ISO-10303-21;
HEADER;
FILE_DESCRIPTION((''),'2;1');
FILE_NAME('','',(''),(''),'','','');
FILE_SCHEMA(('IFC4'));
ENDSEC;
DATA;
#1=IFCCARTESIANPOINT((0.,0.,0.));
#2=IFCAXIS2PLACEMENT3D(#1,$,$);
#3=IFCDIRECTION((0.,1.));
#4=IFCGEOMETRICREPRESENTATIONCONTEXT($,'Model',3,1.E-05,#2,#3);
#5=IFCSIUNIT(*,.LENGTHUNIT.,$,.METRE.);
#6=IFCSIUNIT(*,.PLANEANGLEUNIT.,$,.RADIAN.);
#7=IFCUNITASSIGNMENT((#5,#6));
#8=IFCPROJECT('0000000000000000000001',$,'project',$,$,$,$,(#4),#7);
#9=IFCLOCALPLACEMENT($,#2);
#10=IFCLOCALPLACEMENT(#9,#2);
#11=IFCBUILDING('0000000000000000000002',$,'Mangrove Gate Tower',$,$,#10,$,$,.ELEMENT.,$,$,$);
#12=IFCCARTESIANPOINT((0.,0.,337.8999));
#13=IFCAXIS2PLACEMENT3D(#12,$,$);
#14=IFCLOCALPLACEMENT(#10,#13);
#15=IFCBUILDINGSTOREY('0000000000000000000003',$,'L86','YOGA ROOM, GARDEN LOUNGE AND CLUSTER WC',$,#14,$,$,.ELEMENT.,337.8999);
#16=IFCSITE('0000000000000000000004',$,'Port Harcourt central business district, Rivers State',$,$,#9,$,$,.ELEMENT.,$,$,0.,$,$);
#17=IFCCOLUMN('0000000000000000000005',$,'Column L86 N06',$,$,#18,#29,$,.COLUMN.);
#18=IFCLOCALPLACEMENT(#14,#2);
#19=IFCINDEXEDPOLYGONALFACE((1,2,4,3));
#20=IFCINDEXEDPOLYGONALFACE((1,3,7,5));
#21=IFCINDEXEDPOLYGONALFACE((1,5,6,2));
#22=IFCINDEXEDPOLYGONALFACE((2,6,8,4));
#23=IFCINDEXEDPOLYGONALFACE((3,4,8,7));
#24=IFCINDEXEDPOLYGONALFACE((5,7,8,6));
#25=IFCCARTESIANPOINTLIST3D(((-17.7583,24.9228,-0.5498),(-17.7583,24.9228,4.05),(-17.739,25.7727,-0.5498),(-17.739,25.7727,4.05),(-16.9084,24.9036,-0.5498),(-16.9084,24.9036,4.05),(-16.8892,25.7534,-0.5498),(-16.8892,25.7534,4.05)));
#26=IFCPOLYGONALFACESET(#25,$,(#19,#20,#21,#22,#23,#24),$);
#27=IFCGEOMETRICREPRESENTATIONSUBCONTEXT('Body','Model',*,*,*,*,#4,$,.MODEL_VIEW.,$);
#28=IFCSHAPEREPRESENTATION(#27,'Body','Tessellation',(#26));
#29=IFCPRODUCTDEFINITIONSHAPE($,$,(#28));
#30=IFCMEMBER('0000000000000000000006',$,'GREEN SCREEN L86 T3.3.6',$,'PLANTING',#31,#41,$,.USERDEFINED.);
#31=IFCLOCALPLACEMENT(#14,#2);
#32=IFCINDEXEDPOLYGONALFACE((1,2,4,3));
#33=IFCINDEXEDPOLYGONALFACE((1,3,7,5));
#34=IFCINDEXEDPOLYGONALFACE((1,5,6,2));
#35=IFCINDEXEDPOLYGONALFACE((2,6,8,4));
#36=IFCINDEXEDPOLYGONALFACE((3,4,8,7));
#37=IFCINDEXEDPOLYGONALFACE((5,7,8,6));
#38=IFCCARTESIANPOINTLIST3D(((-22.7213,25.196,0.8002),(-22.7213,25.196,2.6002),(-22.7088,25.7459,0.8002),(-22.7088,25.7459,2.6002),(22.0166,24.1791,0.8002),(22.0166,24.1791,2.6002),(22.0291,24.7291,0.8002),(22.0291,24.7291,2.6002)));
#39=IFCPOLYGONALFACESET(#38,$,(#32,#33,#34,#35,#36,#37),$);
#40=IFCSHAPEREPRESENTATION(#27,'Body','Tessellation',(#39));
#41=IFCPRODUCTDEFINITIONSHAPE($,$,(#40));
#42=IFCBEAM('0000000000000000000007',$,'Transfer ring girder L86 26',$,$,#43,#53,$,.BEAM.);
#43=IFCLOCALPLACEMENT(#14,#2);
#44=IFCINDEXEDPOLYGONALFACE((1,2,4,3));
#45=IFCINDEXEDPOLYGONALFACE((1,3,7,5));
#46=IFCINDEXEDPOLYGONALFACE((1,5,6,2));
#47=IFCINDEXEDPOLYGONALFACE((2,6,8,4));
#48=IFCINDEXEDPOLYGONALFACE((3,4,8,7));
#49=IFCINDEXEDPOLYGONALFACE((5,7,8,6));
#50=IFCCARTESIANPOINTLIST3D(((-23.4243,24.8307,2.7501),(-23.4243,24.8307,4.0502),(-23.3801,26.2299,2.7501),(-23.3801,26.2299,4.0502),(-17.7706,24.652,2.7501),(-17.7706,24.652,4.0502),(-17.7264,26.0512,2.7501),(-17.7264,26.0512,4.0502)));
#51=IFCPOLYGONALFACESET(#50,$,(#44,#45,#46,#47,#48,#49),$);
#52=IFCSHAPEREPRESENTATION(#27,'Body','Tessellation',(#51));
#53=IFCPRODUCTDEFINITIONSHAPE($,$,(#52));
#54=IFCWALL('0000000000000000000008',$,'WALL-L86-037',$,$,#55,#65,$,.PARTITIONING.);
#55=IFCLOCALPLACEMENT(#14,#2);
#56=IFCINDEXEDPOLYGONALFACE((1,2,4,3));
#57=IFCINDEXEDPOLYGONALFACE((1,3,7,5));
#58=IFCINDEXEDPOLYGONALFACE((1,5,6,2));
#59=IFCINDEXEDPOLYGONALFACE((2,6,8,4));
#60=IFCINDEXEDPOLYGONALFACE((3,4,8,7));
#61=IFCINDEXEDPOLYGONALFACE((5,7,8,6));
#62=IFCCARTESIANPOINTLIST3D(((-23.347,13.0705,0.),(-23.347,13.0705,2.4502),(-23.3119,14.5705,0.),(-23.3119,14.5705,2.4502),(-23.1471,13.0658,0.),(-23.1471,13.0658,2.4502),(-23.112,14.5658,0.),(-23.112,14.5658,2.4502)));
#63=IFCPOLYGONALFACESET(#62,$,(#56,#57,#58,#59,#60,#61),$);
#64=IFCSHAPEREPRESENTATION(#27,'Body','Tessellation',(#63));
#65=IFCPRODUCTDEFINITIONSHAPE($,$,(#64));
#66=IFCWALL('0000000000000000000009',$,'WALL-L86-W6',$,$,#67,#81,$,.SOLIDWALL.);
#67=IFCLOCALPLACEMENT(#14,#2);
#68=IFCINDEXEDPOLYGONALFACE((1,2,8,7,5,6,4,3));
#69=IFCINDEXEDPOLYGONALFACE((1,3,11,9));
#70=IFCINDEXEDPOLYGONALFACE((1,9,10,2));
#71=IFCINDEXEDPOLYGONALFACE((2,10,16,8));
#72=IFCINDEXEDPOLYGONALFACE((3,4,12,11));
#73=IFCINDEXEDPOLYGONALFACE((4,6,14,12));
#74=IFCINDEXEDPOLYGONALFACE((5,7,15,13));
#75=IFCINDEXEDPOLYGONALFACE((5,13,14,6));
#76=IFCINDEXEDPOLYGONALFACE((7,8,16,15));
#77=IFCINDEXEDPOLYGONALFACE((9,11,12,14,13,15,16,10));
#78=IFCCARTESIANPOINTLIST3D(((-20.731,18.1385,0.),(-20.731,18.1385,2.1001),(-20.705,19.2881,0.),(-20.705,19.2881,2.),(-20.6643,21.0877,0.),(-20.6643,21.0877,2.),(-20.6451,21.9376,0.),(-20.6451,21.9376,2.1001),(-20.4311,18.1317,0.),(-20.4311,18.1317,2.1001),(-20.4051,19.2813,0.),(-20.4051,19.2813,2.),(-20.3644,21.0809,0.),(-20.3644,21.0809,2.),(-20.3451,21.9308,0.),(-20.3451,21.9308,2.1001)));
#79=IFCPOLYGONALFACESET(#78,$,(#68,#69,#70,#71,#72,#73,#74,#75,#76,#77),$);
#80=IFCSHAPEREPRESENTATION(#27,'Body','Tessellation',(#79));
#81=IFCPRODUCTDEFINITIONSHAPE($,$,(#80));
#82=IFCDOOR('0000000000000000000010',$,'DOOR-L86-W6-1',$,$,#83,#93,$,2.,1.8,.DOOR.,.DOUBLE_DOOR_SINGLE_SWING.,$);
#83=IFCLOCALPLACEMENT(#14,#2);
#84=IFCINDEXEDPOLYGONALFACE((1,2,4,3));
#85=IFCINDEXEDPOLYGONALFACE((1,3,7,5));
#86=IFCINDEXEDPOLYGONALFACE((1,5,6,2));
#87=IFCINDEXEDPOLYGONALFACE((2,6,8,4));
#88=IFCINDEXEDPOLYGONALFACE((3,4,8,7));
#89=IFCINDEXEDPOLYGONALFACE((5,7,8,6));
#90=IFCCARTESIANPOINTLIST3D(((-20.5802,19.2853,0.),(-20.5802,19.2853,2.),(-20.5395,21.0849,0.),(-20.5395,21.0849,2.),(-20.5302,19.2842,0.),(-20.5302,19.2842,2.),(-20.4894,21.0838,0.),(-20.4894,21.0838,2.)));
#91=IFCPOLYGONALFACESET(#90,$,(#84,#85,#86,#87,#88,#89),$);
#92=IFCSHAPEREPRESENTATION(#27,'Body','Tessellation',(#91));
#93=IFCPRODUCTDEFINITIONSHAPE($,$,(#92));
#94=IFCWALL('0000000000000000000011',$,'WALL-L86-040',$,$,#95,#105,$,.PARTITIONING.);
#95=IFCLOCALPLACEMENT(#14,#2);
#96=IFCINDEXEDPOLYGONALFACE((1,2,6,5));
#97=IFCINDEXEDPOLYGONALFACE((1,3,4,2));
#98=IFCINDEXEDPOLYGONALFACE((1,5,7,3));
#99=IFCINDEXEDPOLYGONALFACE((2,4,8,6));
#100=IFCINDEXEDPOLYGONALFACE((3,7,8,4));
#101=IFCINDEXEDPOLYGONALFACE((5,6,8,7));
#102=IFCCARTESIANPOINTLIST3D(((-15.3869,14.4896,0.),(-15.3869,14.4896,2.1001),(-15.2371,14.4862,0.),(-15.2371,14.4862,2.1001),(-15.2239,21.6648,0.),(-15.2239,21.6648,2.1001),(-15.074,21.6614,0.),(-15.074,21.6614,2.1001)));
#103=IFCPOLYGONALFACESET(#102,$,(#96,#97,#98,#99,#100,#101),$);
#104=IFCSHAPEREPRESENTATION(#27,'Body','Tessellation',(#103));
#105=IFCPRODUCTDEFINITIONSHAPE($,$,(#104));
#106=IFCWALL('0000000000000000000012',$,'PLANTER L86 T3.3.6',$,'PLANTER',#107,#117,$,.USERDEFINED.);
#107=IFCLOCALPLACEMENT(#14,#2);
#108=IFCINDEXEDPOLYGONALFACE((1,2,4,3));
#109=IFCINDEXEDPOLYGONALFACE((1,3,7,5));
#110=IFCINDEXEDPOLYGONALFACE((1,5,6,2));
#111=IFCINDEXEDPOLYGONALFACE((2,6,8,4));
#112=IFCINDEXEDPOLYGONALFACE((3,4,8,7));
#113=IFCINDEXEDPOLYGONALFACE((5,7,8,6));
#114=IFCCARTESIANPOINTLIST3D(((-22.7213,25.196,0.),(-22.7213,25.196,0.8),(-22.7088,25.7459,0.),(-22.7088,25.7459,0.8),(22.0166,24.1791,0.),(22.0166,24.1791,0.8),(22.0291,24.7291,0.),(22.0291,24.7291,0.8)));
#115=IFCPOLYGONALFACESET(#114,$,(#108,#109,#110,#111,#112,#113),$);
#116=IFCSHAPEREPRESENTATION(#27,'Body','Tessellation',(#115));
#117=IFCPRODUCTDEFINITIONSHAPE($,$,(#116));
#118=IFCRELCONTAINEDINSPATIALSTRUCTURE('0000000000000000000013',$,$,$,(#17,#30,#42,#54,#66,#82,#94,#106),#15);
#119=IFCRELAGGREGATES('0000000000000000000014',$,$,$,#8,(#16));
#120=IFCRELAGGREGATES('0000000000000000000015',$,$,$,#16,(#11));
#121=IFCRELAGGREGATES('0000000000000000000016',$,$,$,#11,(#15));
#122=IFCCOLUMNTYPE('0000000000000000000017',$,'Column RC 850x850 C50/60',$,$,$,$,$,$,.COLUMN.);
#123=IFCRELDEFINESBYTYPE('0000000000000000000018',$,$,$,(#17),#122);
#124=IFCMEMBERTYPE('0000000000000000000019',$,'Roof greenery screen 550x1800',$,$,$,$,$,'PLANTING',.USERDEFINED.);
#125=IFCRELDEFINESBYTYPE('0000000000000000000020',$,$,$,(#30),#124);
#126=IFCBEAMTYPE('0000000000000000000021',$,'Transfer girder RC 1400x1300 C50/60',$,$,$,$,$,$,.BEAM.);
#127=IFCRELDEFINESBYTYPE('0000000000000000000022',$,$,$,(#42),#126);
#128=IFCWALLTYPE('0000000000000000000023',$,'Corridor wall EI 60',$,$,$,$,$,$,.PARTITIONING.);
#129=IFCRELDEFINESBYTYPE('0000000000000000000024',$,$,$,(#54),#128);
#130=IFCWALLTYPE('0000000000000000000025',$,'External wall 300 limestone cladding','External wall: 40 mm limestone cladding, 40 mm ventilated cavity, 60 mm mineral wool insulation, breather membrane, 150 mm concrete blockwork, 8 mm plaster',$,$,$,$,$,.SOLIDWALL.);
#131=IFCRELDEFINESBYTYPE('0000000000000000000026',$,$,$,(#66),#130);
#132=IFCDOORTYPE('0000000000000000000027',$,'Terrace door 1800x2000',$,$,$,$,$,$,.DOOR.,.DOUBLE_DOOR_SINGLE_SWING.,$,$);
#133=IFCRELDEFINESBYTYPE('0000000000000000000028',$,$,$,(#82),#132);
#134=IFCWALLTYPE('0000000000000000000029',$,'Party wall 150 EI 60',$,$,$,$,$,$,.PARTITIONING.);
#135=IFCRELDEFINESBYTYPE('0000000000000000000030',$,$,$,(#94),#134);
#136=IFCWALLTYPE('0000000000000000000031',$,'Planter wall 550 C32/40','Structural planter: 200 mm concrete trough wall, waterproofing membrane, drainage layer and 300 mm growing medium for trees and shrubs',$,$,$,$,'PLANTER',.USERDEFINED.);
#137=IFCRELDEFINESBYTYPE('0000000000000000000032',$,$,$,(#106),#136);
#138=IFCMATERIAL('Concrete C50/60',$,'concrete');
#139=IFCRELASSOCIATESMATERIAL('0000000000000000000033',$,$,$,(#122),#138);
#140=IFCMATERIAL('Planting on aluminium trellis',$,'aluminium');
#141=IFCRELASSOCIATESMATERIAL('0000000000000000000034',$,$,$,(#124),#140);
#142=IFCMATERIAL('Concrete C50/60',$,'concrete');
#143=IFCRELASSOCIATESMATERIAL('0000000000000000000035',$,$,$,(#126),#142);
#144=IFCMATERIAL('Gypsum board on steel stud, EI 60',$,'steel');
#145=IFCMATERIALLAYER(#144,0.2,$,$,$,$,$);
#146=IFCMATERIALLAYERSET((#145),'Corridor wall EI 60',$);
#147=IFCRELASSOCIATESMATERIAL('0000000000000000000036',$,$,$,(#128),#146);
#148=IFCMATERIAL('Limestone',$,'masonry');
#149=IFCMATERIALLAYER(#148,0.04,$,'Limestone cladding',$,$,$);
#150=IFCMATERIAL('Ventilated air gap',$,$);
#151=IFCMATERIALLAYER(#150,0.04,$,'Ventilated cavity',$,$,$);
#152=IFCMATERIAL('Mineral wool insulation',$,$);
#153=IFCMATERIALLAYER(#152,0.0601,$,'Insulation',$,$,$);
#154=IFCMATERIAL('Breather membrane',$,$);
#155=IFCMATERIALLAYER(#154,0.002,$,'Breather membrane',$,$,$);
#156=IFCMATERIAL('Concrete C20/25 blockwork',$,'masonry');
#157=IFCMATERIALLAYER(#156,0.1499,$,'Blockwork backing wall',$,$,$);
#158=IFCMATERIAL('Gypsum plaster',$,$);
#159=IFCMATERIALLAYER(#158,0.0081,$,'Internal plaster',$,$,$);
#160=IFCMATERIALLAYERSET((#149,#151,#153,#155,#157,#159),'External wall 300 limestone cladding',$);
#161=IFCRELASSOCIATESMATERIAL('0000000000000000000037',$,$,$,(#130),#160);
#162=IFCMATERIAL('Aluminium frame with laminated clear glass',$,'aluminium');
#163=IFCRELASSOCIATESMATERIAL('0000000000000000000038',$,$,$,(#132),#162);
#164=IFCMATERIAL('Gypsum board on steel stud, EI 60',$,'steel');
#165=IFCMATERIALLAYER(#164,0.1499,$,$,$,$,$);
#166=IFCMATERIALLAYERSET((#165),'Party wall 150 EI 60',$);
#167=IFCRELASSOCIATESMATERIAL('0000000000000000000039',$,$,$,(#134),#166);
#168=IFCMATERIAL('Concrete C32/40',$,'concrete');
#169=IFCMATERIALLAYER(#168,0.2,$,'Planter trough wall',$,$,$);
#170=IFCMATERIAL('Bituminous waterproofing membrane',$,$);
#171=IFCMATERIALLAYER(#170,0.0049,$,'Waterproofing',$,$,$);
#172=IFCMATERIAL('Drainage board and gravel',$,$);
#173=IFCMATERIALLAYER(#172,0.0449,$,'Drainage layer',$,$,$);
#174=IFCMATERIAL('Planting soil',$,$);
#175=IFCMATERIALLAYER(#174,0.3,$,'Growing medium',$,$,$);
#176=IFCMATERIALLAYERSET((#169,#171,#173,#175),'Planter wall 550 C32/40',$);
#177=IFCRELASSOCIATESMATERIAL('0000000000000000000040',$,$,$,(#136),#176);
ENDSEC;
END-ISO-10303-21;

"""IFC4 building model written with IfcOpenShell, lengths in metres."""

from ifc_helpers import new_model, si_unit, direction, frame, frame_2d, origin, origin_2d, place, context, subcontext, project, spatial, rectangle, extrude, material, layer, layer_set, material_profile, profile_set, type_object, element, fill, save


model = new_model("IFC4")

# Units and contexts
model_context = context("Model", 3, precision=1e-05, world=origin(), true_north=direction((0.0, 1.0)))
body_context = subcontext(model_context, "Body", "Model", "MODEL_VIEW")
ifc_project = project(units=[si_unit("LENGTHUNIT", "METRE"), si_unit("PLANEANGLEUNIT", "RADIAN")], contexts=[model_context])

# Site, building, storey
site_placement = place(None, origin())
site = spatial("IfcSite", under=ifc_project, at=site_placement, Name="Port Harcourt central business district, Rivers State", CompositionType="ELEMENT", RefElevation=0.0)
building_placement = place(site_placement, origin())
building = spatial("IfcBuilding", under=site, at=building_placement, Name="Mangrove Gate Tower", CompositionType="ELEMENT")
storey_placement = place(building_placement, frame((0.0, 0.0, 337.8999)))
storey = spatial("IfcBuildingStorey", under=building, at=storey_placement, Name="L86", Description="YOGA ROOM, GARDEN LOUNGE AND CLUSTER WC", CompositionType="ELEMENT", Elevation=337.8999)

# Column
ifc_material_1 = material(Name="Concrete C50/60", Category="concrete")
ifc_material_profile_1 = material_profile(ifc_material_1, rectangle(XDim=0.8501, YDim=0.8501, at=origin_2d()))
ifc_profile_set_1 = profile_set([ifc_material_profile_1], Name="Concrete C50/60")
column_type = type_object("IfcColumnType", Name="Column RC 850x850 C50/60", PredefinedType="COLUMN", material=ifc_profile_set_1)
column_placement = place(storey_placement, frame((-17.3237, 25.3381, -0.5498), z_axis=(0.0, 0.0, 1.0), x_axis=(-0.999743, 0.022671, 0.0)))
element("IfcColumn", 1, at=column_placement, inside=storey, type_object=column_type, Name="Column L86 N06", PredefinedType="COLUMN", context=body_context, shape_type="SweptSolid", body=[
    extrude(rectangle(XDim=0.8501, YDim=0.8501, at=origin_2d()), origin(), (0.0, 0.0, 1.0), 4.5999),
])

# Member
ifc_material_2 = material(Name="Planting on aluminium trellis", Category="aluminium")
ifc_material_profile_2 = material_profile(ifc_material_2, rectangle(XDim=0.55, YDim=1.8, at=origin_2d()))
ifc_profile_set_2 = profile_set([ifc_material_profile_2], Name="Planting on aluminium trellis")
member_type = type_object("IfcMemberType", Name="Roof greenery screen 550x1800", ElementType="PLANTING", PredefinedType="USERDEFINED", material=ifc_profile_set_2)
member_placement = place(storey_placement, frame((-22.7151, 25.4709, 1.7002), z_axis=(0.999742, -0.022723, 0.0), x_axis=(0.022723, 0.999742, 0.0)))
element("IfcMember", 2, at=member_placement, inside=storey, type_object=member_type, Name="GREEN SCREEN L86 T3.3.6", ObjectType="PLANTING", PredefinedType="USERDEFINED", context=body_context, shape_type="SweptSolid", body=[
    extrude(rectangle(XDim=0.55, YDim=1.8, at=origin_2d()), origin(), (0.0, 0.0, 1.0), 44.7495),
])

# Beam
ifc_material_3 = material(Name="Concrete C50/60", Category="concrete")
ifc_material_profile_3 = material_profile(ifc_material_3, rectangle(XDim=1.3999, YDim=1.3, at=origin_2d()))
ifc_profile_set_3 = profile_set([ifc_material_profile_3], Name="Concrete C50/60")
beam_type = type_object("IfcBeamType", Name="Transfer girder RC 1400x1300 C50/60", PredefinedType="BEAM", material=ifc_profile_set_3)
beam_placement = place(storey_placement, frame((-17.7485, 25.3516, 3.4001), z_axis=(-0.999501, 0.031595, 0.0), x_axis=(-0.031595, -0.999501, 0.0)))
element("IfcBeam", 3, at=beam_placement, inside=storey, type_object=beam_type, Name="Transfer ring girder L86 26", PredefinedType="BEAM", context=body_context, shape_type="SweptSolid", body=[
    extrude(rectangle(XDim=1.3999, YDim=1.3, at=origin_2d()), origin(), (0.0, 0.0, 1.0), 5.6565),
])

# Wall
ifc_material_4 = material(Name="Gypsum board on steel stud, EI 60", Category="steel")
ifc_layer_1 = layer(ifc_material_4, 0.2)
ifc_layer_set_1 = layer_set([ifc_layer_1], Name="Corridor wall EI 60")
wall_type_1 = type_object("IfcWallType", Name="Corridor wall EI 60", PredefinedType="PARTITIONING", material=ifc_layer_set_1)
wall_1_placement = place(storey_placement, frame((-23.2471, 13.0681, 0.0), z_axis=(0.0, 0.0, 1.0), x_axis=(0.023431, 0.999725, 0.0)))
element("IfcWall", 4, at=wall_1_placement, inside=storey, type_object=wall_type_1, Name="WALL-L86-037", PredefinedType="PARTITIONING", context=body_context, shape_type="SweptSolid", body=[
    extrude(rectangle(XDim=1.5005, YDim=0.2, at=frame_2d((0.7502, 0.0))), origin(), (0.0, 0.0, 1.0), 2.4502),
])

# Wall, opening, door
ifc_material_5 = material(Name="Limestone", Category="masonry")
ifc_layer_2 = layer(ifc_material_5, 0.04, Name="Limestone cladding")
ifc_material_6 = material(Name="Ventilated air gap")
ifc_layer_3 = layer(ifc_material_6, 0.04, Name="Ventilated cavity")
ifc_material_7 = material(Name="Mineral wool insulation")
ifc_layer_4 = layer(ifc_material_7, 0.0601, Name="Insulation")
ifc_material_8 = material(Name="Breather membrane")
ifc_layer_5 = layer(ifc_material_8, 0.002, Name="Breather membrane")
ifc_material_9 = material(Name="Concrete C20/25 blockwork", Category="masonry")
ifc_layer_6 = layer(ifc_material_9, 0.1499, Name="Blockwork backing wall")
ifc_material_10 = material(Name="Gypsum plaster")
ifc_layer_7 = layer(ifc_material_10, 0.0081, Name="Internal plaster")
ifc_layer_set_2 = layer_set([ifc_layer_2, ifc_layer_3, ifc_layer_4, ifc_layer_5, ifc_layer_6, ifc_layer_7], Name="External wall 300 limestone cladding")
wall_type_2 = type_object("IfcWallType", Name="External wall 300 limestone cladding", Description="External wall: 40 mm limestone cladding, 40 mm ventilated cavity, 60 mm mineral wool insulation, breather membrane, 150 mm concrete blockwork, 8 mm plaster", PredefinedType="SOLIDWALL", material=ifc_layer_set_2)
wall_2_placement = place(storey_placement, frame((-20.4951, 21.9341, 0.0), z_axis=(0.0, 0.0, 1.0), x_axis=(-0.022615, -0.999744, 0.0)))
wall_2 = element("IfcWall", 5, at=wall_2_placement, inside=storey, type_object=wall_type_2, Name="WALL-L86-W6", PredefinedType="SOLIDWALL", context=body_context, shape_type="SweptSolid", body=[
    extrude(rectangle(XDim=3.8, YDim=0.3, at=frame_2d((1.8999, 0.0))), origin(), (0.0, 0.0, 1.0), 2.1001),
])
opening_1_placement = place(wall_2_placement, frame((0.8501, 0.0, 0.0)))
opening_1 = element("IfcOpeningElement", 6, at=opening_1_placement, cuts=wall_2, PredefinedType="OPENING", context=body_context, shape_type="SweptSolid", body=[
    extrude(rectangle(XDim=1.8, YDim=2.0, at=frame_2d((0.8999, 1.0))), frame((0.0, 0.1599, 0.0), z_axis=(0.0, -1.0, 0.0), x_axis=(1.0, 0.0, 0.0)), (0.0, 0.0, 1.0), 0.3201),
])
ifc_material_11 = material(Name="Aluminium frame with laminated clear glass", Category="aluminium")
door_type_1 = type_object("IfcDoorType", Name="Terrace door 1800x2000", OperationType="DOUBLE_DOOR_SINGLE_SWING", PredefinedType="DOOR", material=ifc_material_11)
door_1_placement = place(opening_1_placement, origin())
door_1 = element("IfcDoor", 7, at=door_1_placement, inside=storey, type_object=door_type_1, Name="DOOR-L86-W6-1", OperationType="DOUBLE_DOOR_SINGLE_SWING", OverallHeight=2.0, OverallWidth=1.8, PredefinedType="DOOR", context=body_context, shape_type="SweptSolid", body=[
    extrude(rectangle(XDim=1.8, YDim=2.0, at=frame_2d((0.8999, 1.0))), frame((0.0, 0.0249, 0.0), z_axis=(0.0, -1.0, 0.0), x_axis=(1.0, 0.0, 0.0)), (0.0, 0.0, 1.0), 0.05),
])
fill(opening_1, door_1)

# Walls
ifc_material_12 = material(Name="Gypsum board on steel stud, EI 60", Category="steel")
ifc_layer_8 = layer(ifc_material_12, 0.1499)
ifc_layer_set_3 = layer_set([ifc_layer_8], Name="Party wall 150 EI 60")
wall_type_3 = type_object("IfcWallType", Name="Party wall 150 EI 60", PredefinedType="PARTITIONING", material=ifc_layer_set_3)
wall_3_placement = place(storey_placement, frame((-15.312, 14.488, 0.0), z_axis=(0.0, 0.0, 1.0), x_axis=(0.022724, 0.999742, 0.0)))
element("IfcWall", 8, at=wall_3_placement, inside=storey, type_object=wall_type_3, Name="WALL-L86-040", PredefinedType="PARTITIONING", context=body_context, shape_type="SweptSolid", body=[
    extrude(rectangle(XDim=7.177, YDim=0.1499, at=frame_2d((3.5884, 0.0))), origin(), (0.0, 0.0, 1.0), 2.1001),
])
ifc_material_13 = material(Name="Concrete C32/40", Category="concrete")
ifc_layer_9 = layer(ifc_material_13, 0.2, Name="Planter trough wall")
ifc_material_14 = material(Name="Bituminous waterproofing membrane")
ifc_layer_10 = layer(ifc_material_14, 0.0049, Name="Waterproofing")
ifc_material_15 = material(Name="Drainage board and gravel")
ifc_layer_11 = layer(ifc_material_15, 0.0449, Name="Drainage layer")
ifc_material_16 = material(Name="Planting soil")
ifc_layer_12 = layer(ifc_material_16, 0.3, Name="Growing medium")
ifc_layer_set_4 = layer_set([ifc_layer_9, ifc_layer_10, ifc_layer_11, ifc_layer_12], Name="Planter wall 550 C32/40")
wall_type_4 = type_object("IfcWallType", Name="Planter wall 550 C32/40", Description="Structural planter: 200 mm concrete trough wall, waterproofing membrane, drainage layer and 300 mm growing medium for trees and shrubs", ElementType="PLANTER", PredefinedType="USERDEFINED", material=ifc_layer_set_4)
wall_4_placement = place(storey_placement, frame((-22.7151, 25.4709, 0.0), z_axis=(0.0, 0.0, 1.0), x_axis=(0.999742, -0.022723, 0.0)))
element("IfcWall", 9, at=wall_4_placement, inside=storey, type_object=wall_type_4, Name="PLANTER L86 T3.3.6", ObjectType="PLANTER", PredefinedType="USERDEFINED", context=body_context, shape_type="SweptSolid", body=[
    extrude(rectangle(XDim=44.7495, YDim=0.55, at=frame_2d((22.3748, 0.0))), origin(), (0.0, 0.0, 1.0), 0.8),
])

save(model, "model.ifc")
